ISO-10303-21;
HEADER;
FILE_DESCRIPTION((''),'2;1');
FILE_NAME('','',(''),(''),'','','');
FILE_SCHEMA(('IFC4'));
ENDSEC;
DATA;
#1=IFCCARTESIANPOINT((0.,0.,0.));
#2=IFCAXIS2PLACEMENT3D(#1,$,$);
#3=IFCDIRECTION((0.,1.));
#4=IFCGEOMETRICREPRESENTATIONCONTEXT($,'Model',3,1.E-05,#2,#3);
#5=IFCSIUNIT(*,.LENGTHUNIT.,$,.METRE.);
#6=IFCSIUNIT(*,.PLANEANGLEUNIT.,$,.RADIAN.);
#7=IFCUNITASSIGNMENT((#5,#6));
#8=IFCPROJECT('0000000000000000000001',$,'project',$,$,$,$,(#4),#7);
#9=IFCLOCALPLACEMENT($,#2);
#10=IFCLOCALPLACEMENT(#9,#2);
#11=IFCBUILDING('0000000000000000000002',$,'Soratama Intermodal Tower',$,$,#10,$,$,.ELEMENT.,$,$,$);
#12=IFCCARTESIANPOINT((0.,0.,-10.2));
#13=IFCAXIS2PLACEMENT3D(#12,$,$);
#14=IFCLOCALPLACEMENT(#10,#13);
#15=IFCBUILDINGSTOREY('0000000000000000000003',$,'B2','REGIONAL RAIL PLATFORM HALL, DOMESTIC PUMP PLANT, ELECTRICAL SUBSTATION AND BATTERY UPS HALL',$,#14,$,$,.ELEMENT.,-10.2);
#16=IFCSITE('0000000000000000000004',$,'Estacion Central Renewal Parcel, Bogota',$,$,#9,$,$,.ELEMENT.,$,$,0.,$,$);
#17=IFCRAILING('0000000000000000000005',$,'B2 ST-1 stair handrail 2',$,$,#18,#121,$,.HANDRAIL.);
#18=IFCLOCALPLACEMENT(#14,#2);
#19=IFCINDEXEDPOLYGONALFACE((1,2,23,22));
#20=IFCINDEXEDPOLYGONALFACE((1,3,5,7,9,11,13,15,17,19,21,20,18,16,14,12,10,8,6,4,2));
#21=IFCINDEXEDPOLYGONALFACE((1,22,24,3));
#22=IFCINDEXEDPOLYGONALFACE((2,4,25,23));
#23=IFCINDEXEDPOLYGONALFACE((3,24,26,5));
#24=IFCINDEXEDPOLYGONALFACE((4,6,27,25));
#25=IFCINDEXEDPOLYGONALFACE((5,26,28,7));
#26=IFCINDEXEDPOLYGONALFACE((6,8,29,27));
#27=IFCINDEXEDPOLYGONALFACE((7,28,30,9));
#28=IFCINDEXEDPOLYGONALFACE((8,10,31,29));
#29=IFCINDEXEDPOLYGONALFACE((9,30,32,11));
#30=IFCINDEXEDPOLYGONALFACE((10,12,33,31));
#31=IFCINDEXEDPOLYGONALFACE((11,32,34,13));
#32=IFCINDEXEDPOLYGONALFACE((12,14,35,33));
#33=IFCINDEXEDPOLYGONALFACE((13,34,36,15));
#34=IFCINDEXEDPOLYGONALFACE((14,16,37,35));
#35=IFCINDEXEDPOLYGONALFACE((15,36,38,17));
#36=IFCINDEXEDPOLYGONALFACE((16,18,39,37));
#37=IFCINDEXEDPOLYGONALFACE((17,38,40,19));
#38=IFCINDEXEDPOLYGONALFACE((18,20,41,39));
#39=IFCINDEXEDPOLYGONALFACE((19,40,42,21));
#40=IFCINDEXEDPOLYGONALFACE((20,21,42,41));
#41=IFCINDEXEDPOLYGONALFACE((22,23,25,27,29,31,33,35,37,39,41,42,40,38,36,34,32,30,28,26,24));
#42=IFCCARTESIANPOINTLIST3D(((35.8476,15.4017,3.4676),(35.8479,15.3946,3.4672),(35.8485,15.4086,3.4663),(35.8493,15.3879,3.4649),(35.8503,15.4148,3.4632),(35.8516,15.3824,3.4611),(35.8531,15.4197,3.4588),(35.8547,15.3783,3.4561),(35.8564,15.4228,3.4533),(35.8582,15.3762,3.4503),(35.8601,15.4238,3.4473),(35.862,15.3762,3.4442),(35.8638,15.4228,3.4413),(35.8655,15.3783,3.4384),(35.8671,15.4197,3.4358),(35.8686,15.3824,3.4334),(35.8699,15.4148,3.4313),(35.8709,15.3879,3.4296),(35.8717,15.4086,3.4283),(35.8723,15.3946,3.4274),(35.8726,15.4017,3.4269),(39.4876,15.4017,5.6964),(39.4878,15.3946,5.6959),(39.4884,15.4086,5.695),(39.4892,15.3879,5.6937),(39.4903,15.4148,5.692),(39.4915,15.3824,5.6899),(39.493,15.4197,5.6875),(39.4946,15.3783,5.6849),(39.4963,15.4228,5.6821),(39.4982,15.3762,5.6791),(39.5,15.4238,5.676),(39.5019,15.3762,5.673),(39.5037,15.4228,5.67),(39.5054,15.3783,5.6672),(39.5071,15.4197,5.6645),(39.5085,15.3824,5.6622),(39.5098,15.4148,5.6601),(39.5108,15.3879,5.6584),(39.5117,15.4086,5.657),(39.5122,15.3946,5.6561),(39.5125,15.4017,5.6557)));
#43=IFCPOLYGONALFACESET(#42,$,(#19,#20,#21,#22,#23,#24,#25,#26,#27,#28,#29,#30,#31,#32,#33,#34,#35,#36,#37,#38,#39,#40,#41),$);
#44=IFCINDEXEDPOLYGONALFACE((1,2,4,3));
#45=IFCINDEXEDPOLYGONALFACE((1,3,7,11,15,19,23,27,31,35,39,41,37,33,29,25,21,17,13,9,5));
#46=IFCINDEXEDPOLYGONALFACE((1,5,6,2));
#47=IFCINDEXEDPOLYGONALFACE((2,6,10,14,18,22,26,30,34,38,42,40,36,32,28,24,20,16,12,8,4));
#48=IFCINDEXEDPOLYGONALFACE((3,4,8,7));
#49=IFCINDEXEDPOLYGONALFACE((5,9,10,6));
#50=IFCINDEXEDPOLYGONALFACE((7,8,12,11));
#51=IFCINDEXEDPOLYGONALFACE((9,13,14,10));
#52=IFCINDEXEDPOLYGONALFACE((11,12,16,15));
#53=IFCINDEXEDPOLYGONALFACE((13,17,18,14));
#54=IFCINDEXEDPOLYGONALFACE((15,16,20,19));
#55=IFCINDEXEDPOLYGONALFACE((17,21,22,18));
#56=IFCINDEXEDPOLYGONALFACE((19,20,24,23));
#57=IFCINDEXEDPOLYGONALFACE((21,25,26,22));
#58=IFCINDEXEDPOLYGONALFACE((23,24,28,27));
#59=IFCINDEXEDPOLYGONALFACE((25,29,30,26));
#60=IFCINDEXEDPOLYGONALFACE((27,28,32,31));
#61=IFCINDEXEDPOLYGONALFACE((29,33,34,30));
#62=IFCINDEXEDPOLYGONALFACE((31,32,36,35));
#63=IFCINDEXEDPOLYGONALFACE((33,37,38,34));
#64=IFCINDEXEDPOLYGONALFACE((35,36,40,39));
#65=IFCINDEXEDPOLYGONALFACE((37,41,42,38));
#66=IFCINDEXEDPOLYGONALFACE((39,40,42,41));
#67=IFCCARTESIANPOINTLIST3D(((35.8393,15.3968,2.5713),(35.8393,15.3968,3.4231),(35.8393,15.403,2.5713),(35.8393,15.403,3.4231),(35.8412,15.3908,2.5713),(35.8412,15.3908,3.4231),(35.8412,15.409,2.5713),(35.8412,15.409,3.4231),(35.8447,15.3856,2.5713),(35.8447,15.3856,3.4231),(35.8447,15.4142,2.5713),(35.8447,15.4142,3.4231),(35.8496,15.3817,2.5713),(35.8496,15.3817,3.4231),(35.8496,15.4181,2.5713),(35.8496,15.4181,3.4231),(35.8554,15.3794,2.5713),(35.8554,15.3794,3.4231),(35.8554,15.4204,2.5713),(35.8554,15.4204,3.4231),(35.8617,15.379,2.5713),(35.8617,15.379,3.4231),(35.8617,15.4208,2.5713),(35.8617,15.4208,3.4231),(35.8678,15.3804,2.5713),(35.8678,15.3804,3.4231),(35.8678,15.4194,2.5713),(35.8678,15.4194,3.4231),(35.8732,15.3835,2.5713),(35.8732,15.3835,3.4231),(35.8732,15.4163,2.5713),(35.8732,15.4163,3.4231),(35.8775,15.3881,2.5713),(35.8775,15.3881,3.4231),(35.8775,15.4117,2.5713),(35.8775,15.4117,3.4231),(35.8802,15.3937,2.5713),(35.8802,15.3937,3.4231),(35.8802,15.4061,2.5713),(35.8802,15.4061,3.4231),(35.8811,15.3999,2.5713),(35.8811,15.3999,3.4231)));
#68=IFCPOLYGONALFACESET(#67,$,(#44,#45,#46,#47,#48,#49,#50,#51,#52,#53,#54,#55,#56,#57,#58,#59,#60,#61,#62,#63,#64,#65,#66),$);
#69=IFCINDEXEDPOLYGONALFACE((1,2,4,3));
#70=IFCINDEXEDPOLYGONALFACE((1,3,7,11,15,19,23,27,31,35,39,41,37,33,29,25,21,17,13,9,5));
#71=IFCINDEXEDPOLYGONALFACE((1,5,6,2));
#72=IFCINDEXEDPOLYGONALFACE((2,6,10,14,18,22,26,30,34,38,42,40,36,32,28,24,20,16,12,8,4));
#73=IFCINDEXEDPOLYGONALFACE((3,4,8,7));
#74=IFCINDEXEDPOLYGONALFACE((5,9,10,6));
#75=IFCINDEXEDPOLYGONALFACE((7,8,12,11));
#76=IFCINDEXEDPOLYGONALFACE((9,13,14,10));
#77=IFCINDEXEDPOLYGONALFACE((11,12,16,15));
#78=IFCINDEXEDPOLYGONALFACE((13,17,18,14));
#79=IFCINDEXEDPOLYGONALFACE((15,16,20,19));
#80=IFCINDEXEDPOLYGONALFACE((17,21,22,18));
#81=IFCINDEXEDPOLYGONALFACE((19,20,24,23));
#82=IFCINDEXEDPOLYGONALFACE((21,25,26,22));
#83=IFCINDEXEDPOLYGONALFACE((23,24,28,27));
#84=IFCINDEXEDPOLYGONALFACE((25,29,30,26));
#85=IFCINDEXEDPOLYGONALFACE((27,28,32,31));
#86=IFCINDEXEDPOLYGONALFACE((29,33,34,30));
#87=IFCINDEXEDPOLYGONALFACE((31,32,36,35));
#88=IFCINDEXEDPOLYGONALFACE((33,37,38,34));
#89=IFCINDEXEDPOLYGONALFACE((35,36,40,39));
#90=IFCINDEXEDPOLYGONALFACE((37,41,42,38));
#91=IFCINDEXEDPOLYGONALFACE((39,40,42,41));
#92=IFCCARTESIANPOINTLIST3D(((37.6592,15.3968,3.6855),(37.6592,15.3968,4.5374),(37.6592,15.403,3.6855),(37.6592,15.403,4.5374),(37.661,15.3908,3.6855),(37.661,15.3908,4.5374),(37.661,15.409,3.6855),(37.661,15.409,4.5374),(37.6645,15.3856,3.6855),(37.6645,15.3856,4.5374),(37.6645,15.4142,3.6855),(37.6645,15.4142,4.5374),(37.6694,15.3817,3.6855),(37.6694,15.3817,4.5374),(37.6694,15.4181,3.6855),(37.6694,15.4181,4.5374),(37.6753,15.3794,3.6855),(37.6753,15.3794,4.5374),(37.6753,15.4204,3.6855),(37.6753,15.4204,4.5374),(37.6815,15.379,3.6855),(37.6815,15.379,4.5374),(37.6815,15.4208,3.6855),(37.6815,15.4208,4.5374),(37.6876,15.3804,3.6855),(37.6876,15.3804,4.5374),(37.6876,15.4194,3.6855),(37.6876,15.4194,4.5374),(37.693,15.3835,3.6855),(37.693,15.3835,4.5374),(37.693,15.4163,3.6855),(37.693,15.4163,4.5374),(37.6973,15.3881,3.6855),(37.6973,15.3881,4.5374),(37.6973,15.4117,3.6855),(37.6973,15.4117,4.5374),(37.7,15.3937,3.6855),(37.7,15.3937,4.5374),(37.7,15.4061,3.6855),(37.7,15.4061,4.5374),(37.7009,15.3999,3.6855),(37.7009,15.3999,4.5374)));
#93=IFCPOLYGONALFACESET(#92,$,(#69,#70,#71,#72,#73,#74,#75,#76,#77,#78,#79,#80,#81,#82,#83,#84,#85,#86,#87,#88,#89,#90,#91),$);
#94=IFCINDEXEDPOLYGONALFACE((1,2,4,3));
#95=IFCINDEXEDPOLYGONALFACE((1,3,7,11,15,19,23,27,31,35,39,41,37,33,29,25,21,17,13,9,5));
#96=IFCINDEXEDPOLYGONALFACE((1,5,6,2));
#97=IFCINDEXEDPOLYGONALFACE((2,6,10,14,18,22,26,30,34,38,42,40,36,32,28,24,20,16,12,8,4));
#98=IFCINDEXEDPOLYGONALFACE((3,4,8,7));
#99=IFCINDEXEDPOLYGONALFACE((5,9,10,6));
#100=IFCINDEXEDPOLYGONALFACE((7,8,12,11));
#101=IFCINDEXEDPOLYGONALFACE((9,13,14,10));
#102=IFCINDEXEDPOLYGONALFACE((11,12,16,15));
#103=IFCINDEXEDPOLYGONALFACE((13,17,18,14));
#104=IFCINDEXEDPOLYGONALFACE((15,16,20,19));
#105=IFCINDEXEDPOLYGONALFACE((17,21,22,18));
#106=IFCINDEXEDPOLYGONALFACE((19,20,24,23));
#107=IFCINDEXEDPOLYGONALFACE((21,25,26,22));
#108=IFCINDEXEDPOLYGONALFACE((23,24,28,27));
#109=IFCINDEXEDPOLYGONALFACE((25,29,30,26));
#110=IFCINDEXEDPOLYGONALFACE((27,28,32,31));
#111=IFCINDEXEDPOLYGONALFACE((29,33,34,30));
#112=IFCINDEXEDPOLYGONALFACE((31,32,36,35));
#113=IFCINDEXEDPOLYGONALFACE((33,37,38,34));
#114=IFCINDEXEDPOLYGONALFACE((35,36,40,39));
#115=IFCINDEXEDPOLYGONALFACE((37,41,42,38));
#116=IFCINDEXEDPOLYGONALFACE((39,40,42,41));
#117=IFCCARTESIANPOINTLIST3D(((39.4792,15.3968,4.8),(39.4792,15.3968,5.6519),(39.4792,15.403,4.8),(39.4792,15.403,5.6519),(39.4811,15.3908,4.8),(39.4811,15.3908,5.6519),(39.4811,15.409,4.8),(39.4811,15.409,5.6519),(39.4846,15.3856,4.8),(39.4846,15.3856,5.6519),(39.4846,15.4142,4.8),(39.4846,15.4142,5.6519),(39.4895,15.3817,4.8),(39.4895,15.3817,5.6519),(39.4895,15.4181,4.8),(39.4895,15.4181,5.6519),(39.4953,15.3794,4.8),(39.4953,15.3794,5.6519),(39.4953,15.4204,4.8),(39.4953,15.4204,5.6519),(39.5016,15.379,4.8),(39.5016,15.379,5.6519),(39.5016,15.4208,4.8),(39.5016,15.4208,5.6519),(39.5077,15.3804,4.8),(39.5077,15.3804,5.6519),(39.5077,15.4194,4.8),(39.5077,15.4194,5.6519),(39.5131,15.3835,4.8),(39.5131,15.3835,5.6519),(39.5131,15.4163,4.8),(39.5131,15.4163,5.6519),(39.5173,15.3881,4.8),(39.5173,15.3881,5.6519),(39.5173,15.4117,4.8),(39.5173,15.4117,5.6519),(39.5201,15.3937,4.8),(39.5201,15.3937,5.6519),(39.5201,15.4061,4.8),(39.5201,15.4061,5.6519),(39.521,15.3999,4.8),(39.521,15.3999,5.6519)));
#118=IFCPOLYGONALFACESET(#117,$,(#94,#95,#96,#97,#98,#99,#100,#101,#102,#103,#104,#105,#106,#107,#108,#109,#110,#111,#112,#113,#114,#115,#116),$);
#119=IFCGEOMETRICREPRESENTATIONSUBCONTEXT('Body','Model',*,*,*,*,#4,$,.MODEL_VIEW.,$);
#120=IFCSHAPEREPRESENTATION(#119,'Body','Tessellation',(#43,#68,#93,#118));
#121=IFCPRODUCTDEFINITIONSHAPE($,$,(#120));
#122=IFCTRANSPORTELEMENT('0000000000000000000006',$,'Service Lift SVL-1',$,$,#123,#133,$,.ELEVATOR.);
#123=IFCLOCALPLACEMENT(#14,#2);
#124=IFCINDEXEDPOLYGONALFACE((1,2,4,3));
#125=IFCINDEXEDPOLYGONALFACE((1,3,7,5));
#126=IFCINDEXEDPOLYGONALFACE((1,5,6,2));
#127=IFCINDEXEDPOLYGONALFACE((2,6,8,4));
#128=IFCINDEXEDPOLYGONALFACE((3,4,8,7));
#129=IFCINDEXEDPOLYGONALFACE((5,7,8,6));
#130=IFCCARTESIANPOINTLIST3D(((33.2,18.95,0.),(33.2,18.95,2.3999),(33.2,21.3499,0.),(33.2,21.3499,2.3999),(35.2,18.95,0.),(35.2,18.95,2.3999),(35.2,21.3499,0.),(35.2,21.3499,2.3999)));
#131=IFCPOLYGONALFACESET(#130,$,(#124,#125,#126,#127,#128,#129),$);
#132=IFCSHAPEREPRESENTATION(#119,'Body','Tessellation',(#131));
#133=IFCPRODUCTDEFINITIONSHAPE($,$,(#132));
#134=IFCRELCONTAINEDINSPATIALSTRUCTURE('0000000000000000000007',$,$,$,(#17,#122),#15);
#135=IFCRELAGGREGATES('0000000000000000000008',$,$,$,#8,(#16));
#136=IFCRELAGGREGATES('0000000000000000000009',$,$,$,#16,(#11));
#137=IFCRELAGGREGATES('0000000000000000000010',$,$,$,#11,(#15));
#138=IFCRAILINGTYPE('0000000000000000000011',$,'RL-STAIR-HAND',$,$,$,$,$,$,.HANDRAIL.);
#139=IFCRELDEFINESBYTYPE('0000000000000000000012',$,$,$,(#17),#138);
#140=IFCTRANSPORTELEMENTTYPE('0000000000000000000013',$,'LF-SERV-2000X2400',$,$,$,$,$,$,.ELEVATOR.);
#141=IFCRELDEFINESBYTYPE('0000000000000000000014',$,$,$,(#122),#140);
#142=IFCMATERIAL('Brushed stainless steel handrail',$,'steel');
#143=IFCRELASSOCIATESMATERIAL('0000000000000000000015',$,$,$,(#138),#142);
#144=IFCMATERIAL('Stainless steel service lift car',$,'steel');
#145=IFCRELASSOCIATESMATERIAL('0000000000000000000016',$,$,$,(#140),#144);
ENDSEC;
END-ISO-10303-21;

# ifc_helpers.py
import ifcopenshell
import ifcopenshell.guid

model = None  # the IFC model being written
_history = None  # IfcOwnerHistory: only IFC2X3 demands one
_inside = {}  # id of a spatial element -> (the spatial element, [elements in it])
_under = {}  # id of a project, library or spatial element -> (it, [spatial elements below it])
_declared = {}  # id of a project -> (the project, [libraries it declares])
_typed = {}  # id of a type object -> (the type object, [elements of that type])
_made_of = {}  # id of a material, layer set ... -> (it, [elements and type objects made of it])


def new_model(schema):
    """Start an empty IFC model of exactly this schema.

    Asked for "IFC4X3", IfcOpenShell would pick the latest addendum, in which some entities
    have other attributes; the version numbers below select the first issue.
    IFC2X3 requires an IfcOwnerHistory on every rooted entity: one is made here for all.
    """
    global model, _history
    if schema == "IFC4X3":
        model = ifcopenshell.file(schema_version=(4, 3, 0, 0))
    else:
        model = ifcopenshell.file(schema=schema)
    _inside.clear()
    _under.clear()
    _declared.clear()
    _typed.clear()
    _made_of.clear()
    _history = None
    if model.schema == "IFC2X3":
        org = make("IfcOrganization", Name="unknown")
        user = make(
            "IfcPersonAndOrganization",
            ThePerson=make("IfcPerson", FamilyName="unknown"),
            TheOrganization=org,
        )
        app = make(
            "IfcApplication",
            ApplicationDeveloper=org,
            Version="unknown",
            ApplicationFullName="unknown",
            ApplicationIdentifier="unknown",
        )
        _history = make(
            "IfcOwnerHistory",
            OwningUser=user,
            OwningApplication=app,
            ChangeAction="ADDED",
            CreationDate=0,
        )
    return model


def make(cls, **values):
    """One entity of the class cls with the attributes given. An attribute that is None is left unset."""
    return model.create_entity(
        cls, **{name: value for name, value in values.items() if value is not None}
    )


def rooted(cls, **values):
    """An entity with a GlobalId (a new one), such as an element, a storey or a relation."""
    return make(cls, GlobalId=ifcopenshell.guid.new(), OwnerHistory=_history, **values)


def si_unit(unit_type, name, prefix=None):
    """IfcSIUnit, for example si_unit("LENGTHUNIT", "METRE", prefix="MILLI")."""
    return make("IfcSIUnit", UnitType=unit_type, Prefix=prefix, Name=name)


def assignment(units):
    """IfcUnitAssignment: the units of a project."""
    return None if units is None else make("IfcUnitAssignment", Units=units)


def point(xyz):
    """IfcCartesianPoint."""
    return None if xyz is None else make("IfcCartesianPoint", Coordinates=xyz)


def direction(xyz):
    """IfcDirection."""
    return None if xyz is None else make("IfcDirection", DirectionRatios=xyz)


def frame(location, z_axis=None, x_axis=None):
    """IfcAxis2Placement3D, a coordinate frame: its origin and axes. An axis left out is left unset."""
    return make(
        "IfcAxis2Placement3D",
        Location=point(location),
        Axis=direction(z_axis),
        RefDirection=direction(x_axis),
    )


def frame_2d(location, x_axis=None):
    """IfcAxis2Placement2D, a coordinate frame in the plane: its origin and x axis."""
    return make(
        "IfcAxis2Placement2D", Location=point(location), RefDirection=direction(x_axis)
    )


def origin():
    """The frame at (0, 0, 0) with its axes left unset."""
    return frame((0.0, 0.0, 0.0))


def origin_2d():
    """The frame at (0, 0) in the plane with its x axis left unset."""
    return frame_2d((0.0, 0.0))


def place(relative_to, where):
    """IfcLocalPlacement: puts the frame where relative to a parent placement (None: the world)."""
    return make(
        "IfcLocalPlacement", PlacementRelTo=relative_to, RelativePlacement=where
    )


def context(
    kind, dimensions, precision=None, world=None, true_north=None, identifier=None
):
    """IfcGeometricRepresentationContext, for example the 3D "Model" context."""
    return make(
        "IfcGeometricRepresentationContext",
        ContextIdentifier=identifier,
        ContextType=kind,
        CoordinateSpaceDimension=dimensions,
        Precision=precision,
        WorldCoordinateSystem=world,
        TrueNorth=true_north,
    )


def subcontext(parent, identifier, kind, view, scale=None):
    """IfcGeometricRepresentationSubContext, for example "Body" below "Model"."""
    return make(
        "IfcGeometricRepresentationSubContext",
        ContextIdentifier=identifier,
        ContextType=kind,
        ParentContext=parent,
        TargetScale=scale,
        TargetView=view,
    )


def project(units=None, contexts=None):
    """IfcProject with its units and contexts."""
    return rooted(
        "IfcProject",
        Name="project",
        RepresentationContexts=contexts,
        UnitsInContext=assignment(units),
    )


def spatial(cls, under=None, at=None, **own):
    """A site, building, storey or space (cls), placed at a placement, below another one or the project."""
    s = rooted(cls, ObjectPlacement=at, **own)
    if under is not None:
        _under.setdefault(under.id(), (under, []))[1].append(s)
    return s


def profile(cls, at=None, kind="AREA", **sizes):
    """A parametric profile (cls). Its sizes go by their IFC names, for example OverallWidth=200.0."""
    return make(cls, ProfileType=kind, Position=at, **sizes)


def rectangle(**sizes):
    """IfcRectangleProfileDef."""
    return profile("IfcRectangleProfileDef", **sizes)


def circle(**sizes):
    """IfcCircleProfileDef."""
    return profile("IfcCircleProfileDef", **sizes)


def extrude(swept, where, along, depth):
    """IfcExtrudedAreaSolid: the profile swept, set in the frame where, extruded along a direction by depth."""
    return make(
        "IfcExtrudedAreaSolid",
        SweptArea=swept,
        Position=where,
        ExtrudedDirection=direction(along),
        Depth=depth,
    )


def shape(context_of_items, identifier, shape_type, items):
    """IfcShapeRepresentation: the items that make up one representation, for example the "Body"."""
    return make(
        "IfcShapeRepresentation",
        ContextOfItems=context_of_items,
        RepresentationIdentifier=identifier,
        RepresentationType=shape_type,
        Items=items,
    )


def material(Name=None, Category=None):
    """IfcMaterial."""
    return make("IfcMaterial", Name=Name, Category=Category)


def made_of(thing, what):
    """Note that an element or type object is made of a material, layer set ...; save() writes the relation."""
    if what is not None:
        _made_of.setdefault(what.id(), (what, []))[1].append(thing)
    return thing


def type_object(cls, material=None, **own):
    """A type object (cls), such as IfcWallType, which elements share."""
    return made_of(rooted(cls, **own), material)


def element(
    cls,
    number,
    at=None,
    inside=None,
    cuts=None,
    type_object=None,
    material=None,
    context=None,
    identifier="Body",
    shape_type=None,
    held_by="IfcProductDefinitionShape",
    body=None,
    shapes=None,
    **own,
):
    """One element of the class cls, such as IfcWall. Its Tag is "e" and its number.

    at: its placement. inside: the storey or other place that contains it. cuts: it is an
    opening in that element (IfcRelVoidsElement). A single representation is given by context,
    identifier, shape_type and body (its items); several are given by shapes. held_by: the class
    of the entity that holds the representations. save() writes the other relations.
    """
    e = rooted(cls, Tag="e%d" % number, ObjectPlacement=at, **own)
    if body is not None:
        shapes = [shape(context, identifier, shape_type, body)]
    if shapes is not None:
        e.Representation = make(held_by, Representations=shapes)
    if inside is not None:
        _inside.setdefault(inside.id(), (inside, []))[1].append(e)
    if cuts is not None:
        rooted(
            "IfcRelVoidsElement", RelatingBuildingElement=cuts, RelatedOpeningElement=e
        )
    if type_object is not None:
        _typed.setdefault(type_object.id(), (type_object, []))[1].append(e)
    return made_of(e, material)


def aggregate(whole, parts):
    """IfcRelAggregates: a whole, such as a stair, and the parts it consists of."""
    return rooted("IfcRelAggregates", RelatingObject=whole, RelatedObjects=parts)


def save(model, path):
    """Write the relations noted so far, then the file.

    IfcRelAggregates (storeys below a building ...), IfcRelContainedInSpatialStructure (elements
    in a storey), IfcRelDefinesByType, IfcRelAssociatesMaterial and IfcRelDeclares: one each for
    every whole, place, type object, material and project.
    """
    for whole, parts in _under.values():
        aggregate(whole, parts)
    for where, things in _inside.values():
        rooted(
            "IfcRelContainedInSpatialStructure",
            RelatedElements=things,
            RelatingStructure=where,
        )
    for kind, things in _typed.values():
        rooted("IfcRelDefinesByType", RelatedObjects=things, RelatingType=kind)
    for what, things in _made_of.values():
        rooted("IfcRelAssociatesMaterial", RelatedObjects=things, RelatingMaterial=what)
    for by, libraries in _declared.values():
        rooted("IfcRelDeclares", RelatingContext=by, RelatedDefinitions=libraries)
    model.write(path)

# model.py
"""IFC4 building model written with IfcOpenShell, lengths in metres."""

from ifc_helpers import new_model, si_unit, direction, frame, origin, origin_2d, place, context, subcontext, project, spatial, rectangle, circle, extrude, material, type_object, element, save


model = new_model("IFC4")

# Units and contexts
model_context = context("Model", 3, precision=1e-05, world=origin(), true_north=direction((0.0, 1.0)))
body_context = subcontext(model_context, "Body", "Model", "MODEL_VIEW")
ifc_project = project(units=[si_unit("LENGTHUNIT", "METRE"), si_unit("PLANEANGLEUNIT", "RADIAN")], contexts=[model_context])

# Site, building, storey
site_placement = place(None, origin())
site = spatial("IfcSite", under=ifc_project, at=site_placement, Name="Estacion Central Renewal Parcel, Bogota", CompositionType="ELEMENT", RefElevation=0.0)
building_placement = place(site_placement, origin())
building = spatial("IfcBuilding", under=site, at=building_placement, Name="Soratama Intermodal Tower", CompositionType="ELEMENT")
storey_placement = place(building_placement, frame((0.0, 0.0, -10.2)))
storey = spatial("IfcBuildingStorey", under=building, at=storey_placement, Name="B2", Description="REGIONAL RAIL PLATFORM HALL, DOMESTIC PUMP PLANT, ELECTRICAL SUBSTATION AND BATTERY UPS HALL", CompositionType="ELEMENT", Elevation=-10.2)

# Railing
ifc_material_1 = material(Name="Brushed stainless steel handrail", Category="steel")
railing_type_1 = type_object("IfcRailingType", Name="RL-STAIR-HAND", PredefinedType="HANDRAIL", material=ifc_material_1)
railing_1_placement = place(storey_placement, frame((35.8601, 15.3999, 2.5713)))
element("IfcRailing", 1, at=railing_1_placement, inside=storey, type_object=railing_type_1, Name="B2 ST-1 stair handrail 2", PredefinedType="HANDRAIL", context=body_context, shape_type="SweptSolid", body=[
    extrude(circle(Radius=0.0239, at=origin_2d()), frame((0.0, 0.0, 0.876), z_axis=(0.852825, 0.0, 0.522197), x_axis=(0.0, 1.0, 0.0)), (0.0, 0.0, 1.0), 4.2681),
    extrude(circle(Radius=0.021, at=origin_2d()), origin(), (0.0, 0.0, 1.0), 0.8518),
    extrude(circle(Radius=0.021, at=origin_2d()), frame((1.8198, 0.0, 1.1143)), (0.0, 0.0, 1.0), 0.8518),
    extrude(circle(Radius=0.021, at=origin_2d()), frame((3.6399, 0.0, 2.2288)), (0.0, 0.0, 1.0), 0.8518),
])

# Transport element
ifc_material_2 = material(Name="Stainless steel service lift car", Category="steel")
transport_element_type = type_object("IfcTransportElementType", Name="LF-SERV-2000X2400", PredefinedType="ELEVATOR", material=ifc_material_2)
transport_element_placement = place(storey_placement, frame((34.2, 20.1499, 0.0), z_axis=(0.0, 0.0, 1.0), x_axis=(1.0, 0.0, 0.0)))
element("IfcTransportElement", 2, at=transport_element_placement, inside=storey, type_object=transport_element_type, Name="Service Lift SVL-1", PredefinedType="ELEVATOR", context=body_context, shape_type="SweptSolid", body=[
    extrude(rectangle(XDim=2.0, YDim=2.3999, at=origin_2d()), origin(), (0.0, 0.0, 1.0), 2.3999),
])

save(model, "model.ifc")
